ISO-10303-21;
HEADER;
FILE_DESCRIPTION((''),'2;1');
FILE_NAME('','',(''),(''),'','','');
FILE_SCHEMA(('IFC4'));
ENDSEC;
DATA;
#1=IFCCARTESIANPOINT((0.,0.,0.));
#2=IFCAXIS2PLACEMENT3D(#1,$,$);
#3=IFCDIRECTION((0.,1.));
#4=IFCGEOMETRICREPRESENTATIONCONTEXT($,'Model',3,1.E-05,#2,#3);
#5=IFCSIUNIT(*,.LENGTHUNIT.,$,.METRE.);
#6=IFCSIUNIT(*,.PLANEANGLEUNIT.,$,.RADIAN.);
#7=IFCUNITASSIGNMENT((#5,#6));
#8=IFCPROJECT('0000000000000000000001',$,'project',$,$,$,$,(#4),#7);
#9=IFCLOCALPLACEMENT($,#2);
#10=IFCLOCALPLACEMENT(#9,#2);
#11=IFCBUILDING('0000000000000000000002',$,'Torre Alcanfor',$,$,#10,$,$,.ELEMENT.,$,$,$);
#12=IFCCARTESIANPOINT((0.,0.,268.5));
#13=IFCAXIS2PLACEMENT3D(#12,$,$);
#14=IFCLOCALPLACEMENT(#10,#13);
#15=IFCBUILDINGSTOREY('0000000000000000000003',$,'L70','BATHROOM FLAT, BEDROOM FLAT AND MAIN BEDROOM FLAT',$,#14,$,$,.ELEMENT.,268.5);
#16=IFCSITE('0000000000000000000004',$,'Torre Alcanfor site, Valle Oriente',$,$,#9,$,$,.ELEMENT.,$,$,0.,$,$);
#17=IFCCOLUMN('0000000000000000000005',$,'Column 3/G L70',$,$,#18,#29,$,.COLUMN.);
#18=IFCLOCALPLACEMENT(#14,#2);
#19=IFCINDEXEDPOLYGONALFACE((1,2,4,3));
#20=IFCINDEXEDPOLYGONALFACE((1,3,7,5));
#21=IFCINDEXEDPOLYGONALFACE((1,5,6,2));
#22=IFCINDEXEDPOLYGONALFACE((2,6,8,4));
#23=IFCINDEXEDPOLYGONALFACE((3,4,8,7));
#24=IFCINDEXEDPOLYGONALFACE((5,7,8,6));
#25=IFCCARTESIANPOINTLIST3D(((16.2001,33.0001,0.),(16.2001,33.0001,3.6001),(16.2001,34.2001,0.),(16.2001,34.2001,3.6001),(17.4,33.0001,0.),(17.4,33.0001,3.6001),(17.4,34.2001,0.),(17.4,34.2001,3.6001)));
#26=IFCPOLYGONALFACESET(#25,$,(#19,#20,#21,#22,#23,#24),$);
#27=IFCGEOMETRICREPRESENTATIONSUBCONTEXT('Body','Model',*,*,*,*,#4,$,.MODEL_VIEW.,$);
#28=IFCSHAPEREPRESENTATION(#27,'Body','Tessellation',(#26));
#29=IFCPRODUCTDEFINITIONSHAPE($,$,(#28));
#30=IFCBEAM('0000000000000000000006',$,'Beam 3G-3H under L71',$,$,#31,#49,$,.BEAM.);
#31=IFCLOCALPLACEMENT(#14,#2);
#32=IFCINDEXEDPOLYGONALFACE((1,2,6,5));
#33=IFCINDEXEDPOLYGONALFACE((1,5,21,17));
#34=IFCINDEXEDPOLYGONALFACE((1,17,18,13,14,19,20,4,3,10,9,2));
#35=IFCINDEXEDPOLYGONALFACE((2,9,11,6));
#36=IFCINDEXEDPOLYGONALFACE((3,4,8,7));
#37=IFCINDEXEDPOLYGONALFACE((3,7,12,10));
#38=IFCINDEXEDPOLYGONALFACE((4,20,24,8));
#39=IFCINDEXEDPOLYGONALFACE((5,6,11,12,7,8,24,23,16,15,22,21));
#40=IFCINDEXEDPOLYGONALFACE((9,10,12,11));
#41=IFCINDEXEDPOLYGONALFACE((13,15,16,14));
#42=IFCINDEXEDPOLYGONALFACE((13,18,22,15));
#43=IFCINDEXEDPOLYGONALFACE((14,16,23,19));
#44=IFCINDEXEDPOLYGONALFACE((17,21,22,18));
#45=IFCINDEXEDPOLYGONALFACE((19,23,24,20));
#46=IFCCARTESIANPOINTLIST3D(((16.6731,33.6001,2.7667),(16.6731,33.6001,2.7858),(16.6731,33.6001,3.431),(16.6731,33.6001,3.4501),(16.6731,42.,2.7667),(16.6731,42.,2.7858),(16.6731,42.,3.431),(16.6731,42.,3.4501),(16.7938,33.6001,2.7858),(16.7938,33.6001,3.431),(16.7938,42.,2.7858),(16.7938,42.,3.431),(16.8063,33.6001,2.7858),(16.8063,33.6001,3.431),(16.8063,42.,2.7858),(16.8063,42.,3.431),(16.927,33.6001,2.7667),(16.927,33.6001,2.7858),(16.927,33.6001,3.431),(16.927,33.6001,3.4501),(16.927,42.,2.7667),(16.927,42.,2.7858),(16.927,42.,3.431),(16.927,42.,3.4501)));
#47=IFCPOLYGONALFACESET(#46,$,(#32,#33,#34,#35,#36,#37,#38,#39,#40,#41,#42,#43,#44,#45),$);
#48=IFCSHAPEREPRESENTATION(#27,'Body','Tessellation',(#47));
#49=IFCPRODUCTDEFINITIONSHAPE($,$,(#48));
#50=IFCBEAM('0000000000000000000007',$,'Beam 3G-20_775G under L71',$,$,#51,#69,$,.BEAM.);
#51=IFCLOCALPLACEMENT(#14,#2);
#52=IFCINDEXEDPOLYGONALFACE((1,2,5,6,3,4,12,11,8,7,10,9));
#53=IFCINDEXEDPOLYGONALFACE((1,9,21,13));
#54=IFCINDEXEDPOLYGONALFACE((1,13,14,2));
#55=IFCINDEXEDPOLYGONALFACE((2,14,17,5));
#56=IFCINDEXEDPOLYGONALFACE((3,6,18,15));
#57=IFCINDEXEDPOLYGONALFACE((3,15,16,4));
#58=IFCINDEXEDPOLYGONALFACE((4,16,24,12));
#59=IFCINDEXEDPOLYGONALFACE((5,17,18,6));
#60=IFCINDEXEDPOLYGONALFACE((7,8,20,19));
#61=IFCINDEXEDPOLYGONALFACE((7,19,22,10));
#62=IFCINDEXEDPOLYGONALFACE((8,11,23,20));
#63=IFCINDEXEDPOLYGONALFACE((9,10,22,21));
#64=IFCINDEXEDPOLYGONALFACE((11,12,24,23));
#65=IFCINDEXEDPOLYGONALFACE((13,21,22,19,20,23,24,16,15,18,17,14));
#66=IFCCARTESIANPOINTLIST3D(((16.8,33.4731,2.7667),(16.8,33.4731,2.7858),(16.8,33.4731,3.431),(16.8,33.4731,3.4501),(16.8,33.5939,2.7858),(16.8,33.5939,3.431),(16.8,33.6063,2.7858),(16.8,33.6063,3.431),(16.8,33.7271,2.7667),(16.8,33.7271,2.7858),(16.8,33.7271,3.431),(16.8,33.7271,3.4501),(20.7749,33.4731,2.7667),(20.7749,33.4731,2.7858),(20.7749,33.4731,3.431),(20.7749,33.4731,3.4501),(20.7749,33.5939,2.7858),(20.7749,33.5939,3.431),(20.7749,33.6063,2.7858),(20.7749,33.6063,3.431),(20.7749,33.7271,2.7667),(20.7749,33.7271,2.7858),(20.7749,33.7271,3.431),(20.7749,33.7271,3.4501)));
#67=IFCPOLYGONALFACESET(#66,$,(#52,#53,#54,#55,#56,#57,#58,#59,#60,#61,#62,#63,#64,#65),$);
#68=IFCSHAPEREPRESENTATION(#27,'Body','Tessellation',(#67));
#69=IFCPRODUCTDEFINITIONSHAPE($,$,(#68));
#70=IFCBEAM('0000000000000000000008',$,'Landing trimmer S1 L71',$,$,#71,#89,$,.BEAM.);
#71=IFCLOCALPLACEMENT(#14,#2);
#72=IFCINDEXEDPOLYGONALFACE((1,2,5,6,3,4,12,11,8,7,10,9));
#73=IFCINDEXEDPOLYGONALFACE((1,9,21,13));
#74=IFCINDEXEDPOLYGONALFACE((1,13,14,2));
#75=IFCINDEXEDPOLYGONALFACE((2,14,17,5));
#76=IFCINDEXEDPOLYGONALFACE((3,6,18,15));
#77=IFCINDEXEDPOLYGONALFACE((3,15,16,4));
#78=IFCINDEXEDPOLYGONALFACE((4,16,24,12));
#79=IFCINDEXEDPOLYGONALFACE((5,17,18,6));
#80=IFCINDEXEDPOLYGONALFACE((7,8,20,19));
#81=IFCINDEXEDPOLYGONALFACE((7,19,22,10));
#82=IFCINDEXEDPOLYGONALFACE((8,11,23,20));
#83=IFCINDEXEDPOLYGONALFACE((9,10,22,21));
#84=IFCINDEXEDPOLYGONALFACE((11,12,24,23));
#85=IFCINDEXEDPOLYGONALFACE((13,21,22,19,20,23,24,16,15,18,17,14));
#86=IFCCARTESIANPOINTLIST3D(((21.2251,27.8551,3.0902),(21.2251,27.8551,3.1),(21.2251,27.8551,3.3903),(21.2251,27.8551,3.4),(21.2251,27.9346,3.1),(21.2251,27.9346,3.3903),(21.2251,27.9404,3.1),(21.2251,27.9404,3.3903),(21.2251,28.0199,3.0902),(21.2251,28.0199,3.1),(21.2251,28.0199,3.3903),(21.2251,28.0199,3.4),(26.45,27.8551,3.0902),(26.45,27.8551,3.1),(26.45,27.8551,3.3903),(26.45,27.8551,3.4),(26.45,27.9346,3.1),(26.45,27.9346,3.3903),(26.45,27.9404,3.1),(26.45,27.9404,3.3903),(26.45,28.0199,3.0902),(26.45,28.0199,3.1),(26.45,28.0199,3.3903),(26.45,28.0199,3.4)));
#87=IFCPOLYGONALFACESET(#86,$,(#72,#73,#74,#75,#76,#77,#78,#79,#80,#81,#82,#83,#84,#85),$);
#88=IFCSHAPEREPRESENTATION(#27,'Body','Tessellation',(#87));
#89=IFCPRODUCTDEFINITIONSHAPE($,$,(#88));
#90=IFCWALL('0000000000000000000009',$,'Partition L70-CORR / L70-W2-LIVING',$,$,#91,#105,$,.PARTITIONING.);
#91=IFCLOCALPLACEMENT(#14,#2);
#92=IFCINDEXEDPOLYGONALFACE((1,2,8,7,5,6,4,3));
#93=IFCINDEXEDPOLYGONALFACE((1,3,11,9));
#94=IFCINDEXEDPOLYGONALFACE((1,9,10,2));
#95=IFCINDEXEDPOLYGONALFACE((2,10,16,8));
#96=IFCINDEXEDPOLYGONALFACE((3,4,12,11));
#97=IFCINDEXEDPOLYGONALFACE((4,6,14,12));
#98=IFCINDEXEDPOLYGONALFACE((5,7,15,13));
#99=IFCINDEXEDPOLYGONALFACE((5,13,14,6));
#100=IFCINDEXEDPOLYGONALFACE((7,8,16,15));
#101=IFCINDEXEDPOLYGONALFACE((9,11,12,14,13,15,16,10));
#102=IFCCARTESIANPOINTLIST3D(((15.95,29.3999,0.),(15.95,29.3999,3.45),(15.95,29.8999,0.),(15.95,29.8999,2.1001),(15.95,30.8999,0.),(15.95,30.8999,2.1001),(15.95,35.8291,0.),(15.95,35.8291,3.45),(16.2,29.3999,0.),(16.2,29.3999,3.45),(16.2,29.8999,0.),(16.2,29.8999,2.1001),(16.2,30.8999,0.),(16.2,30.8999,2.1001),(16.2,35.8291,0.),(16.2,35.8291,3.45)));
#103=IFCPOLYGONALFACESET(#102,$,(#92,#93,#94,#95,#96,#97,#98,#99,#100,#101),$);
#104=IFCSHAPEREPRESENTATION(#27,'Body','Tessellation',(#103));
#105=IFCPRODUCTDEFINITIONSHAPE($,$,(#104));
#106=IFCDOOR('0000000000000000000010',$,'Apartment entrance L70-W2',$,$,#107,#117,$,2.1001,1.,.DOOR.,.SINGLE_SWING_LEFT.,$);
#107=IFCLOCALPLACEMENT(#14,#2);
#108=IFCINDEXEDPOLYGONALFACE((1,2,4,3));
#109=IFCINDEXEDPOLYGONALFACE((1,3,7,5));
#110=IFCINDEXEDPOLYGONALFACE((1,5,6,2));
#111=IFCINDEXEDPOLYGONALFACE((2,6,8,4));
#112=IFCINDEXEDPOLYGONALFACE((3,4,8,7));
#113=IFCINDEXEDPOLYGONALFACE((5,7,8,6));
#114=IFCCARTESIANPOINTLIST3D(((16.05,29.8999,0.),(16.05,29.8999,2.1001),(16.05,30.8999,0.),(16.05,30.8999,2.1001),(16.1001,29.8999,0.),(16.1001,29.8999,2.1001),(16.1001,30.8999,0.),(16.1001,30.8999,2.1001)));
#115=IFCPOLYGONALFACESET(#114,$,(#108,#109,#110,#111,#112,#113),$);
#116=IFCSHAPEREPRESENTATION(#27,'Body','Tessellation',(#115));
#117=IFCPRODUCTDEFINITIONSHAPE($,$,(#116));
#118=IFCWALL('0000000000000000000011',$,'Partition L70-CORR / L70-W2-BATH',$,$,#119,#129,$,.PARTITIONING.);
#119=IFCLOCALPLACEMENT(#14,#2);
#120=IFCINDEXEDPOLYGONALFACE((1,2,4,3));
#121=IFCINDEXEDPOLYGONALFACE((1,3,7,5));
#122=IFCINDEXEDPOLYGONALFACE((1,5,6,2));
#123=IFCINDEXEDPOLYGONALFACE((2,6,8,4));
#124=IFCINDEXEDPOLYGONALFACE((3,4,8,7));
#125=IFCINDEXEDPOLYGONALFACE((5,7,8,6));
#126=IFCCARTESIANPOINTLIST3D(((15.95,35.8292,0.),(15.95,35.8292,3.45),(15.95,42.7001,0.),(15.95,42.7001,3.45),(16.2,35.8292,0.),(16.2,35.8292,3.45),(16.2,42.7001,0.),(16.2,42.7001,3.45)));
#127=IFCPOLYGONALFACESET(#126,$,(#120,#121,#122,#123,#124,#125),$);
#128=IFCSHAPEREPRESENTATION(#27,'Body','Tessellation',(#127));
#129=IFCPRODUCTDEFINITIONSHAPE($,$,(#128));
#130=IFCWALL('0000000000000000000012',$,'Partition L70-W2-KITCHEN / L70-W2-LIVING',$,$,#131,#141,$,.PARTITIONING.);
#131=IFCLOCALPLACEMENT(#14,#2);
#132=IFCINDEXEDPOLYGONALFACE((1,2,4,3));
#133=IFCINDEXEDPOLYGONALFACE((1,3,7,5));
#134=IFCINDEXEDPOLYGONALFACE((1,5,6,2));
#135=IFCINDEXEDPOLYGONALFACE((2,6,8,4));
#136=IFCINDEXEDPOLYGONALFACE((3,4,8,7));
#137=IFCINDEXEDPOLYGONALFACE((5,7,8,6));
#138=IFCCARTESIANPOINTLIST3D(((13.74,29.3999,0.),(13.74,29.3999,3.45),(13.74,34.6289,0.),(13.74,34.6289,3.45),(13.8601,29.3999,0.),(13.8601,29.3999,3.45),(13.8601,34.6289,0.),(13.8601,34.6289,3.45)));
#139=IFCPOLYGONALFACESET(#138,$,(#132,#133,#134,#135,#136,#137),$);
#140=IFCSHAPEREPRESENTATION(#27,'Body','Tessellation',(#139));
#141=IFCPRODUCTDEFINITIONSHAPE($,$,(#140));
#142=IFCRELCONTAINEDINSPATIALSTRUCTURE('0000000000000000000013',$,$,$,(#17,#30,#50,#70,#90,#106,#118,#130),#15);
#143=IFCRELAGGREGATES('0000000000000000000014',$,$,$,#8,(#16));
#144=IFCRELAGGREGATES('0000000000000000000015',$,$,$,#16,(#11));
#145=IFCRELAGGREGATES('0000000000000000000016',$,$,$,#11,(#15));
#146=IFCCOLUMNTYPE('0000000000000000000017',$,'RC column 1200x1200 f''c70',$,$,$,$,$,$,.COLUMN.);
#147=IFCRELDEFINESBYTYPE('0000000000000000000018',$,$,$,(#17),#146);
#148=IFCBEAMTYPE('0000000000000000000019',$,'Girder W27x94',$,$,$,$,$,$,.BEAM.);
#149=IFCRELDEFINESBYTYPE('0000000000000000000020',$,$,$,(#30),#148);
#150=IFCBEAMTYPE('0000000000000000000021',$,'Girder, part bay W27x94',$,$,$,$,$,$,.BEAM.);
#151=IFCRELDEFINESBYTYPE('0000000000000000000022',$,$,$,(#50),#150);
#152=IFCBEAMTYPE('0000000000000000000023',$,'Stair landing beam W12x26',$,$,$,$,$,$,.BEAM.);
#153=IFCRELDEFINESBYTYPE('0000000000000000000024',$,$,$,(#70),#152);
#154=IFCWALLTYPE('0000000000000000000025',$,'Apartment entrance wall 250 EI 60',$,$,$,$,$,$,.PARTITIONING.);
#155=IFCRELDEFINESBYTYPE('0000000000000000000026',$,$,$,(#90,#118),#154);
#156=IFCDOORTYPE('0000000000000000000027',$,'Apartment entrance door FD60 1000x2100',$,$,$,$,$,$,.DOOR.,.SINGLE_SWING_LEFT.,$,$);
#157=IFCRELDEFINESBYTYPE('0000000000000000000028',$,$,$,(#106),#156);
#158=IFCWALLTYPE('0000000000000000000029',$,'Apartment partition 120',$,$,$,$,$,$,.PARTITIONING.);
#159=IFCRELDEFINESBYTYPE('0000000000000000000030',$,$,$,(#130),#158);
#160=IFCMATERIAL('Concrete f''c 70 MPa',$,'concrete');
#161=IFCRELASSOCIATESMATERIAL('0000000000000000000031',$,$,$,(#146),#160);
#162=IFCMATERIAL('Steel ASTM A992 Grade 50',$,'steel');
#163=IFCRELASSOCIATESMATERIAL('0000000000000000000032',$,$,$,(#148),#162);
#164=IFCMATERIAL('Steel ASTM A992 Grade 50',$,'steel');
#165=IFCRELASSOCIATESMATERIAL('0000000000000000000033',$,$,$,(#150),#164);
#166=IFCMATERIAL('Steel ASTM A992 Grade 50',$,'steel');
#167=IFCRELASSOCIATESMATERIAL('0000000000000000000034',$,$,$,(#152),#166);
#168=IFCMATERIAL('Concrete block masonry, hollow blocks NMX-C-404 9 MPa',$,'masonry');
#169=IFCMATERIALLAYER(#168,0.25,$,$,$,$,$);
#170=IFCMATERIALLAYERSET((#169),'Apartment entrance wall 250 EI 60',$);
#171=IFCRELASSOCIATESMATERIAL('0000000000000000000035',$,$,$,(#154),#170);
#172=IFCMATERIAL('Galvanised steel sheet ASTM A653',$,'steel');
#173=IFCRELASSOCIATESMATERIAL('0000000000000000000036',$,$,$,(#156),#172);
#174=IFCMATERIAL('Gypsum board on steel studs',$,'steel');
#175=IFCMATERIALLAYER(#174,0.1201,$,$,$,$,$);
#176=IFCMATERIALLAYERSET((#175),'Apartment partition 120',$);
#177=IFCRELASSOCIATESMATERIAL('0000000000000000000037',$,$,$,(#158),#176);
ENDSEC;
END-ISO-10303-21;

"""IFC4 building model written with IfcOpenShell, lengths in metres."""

from ifc_helpers import new_model, si_unit, direction, frame, frame_2d, origin, origin_2d, place, context, subcontext, project, spatial, rectangle, i_section, extrude, material, layer, layer_set, material_profile, profile_set, type_object, element, fill, save


model = new_model("IFC4")

# Units and contexts
model_context = context("Model", 3, precision=1e-05, world=origin(), true_north=direction((0.0, 1.0)))
body_context = subcontext(model_context, "Body", "Model", "MODEL_VIEW")
ifc_project = project(units=[si_unit("LENGTHUNIT", "METRE"), si_unit("PLANEANGLEUNIT", "RADIAN")], contexts=[model_context])

# Site, building, storey
site_placement = place(None, origin())
site = spatial("IfcSite", under=ifc_project, at=site_placement, Name="Torre Alcanfor site, Valle Oriente", CompositionType="ELEMENT", RefElevation=0.0)
building_placement = place(site_placement, origin())
building = spatial("IfcBuilding", under=site, at=building_placement, Name="Torre Alcanfor", CompositionType="ELEMENT")
storey_placement = place(building_placement, frame((0.0, 0.0, 268.5)))
storey = spatial("IfcBuildingStorey", under=building, at=storey_placement, Name="L70", Description="BATHROOM FLAT, BEDROOM FLAT AND MAIN BEDROOM FLAT", CompositionType="ELEMENT", Elevation=268.5)

# Column
ifc_material_1 = material(Name="Concrete f'c 70 MPa", Category="concrete")
ifc_material_profile_1 = material_profile(ifc_material_1, rectangle(XDim=1.2, YDim=1.2, at=origin_2d()), Name="1200x1200")
ifc_profile_set_1 = profile_set([ifc_material_profile_1], Name="Concrete f'c 70 MPa")
column_type = type_object("IfcColumnType", Name="RC column 1200x1200 f'c70", PredefinedType="COLUMN", material=ifc_profile_set_1)
column_placement = place(storey_placement, frame((16.8, 33.6001, 0.0), z_axis=(0.0, 0.0, 1.0), x_axis=(1.0, 0.0, 0.0)))
element("IfcColumn", 1, at=column_placement, inside=storey, type_object=column_type, Name="Column 3/G L70", PredefinedType="COLUMN", context=body_context, shape_type="SweptSolid", body=[
    extrude(rectangle(XDim=1.2, YDim=1.2, at=origin_2d()), origin(), (0.0, 0.0, 1.0), 3.6001),
])

# Beams
ifc_material_2 = material(Name="Steel ASTM A992 Grade 50", Category="steel")
ifc_material_profile_2 = material_profile(ifc_material_2, i_section(OverallWidth=0.2539, OverallDepth=0.6833, WebThickness=0.0125, FlangeThickness=0.019, at=origin_2d()), Name="W27x94")
ifc_profile_set_2 = profile_set([ifc_material_profile_2], Name="Steel ASTM A992 Grade 50")
beam_type_1 = type_object("IfcBeamType", Name="Girder W27x94", PredefinedType="BEAM", material=ifc_profile_set_2)
beam_1_placement = place(storey_placement, frame((16.8, 33.6001, 3.1084), z_axis=(0.0, 1.0, 0.0), x_axis=(-1.0, 0.0, 0.0)))
element("IfcBeam", 2, at=beam_1_placement, inside=storey, type_object=beam_type_1, Name="Beam 3G-3H under L71", PredefinedType="BEAM", context=body_context, shape_type="SweptSolid", body=[
    extrude(i_section(OverallWidth=0.2539, OverallDepth=0.6833, WebThickness=0.0125, FlangeThickness=0.019, at=origin_2d()), origin(), (0.0, 0.0, 1.0), 8.3999),
])
ifc_material_3 = material(Name="Steel ASTM A992 Grade 50", Category="steel")
ifc_material_profile_3 = material_profile(ifc_material_3, i_section(OverallWidth=0.2539, OverallDepth=0.6833, WebThickness=0.0125, FlangeThickness=0.019, at=origin_2d()), Name="W27x94")
ifc_profile_set_3 = profile_set([ifc_material_profile_3], Name="Steel ASTM A992 Grade 50")
beam_type_2 = type_object("IfcBeamType", Name="Girder, part bay W27x94", PredefinedType="BEAM", material=ifc_profile_set_3)
beam_2_placement = place(storey_placement, frame((16.8, 33.6001, 3.1084), z_axis=(1.0, 0.0, 0.0), x_axis=(0.0, 1.0, 0.0)))
element("IfcBeam", 3, at=beam_2_placement, inside=storey, type_object=beam_type_2, Name="Beam 3G-20_775G under L71", PredefinedType="BEAM", context=body_context, shape_type="SweptSolid", body=[
    extrude(i_section(OverallWidth=0.2539, OverallDepth=0.6833, WebThickness=0.0125, FlangeThickness=0.019, at=origin_2d()), origin(), (0.0, 0.0, 1.0), 3.9749),
])
ifc_material_4 = material(Name="Steel ASTM A992 Grade 50", Category="steel")
ifc_material_profile_4 = material_profile(ifc_material_4, i_section(OverallWidth=0.1648, OverallDepth=0.3098, WebThickness=0.0059, FlangeThickness=0.0098, at=origin_2d()), Name="W12x26")
ifc_profile_set_4 = profile_set([ifc_material_profile_4], Name="Steel ASTM A992 Grade 50")
beam_type_3 = type_object("IfcBeamType", Name="Stair landing beam W12x26", PredefinedType="BEAM", material=ifc_profile_set_4)
beam_3_placement = place(storey_placement, frame((21.2251, 27.9375, 3.2451), z_axis=(1.0, 0.0, 0.0), x_axis=(0.0, 1.0, 0.0)))
element("IfcBeam", 4, at=beam_3_placement, inside=storey, type_object=beam_type_3, Name="Landing trimmer S1 L71", PredefinedType="BEAM", context=body_context, shape_type="SweptSolid", body=[
    extrude(i_section(OverallWidth=0.1648, OverallDepth=0.3098, WebThickness=0.0059, FlangeThickness=0.0098, at=origin_2d()), origin(), (0.0, 0.0, 1.0), 5.2249),
])

# Wall, opening, door
ifc_material_5 = material(Name="Concrete block masonry, hollow blocks NMX-C-404 9 MPa", Category="masonry")
ifc_layer_1 = layer(ifc_material_5, 0.25)
ifc_layer_set_1 = layer_set([ifc_layer_1], Name="Apartment entrance wall 250 EI 60")
wall_type_1 = type_object("IfcWallType", Name="Apartment entrance wall 250 EI 60", PredefinedType="PARTITIONING", material=ifc_layer_set_1)
wall_1_placement = place(storey_placement, frame((16.075, 29.3999, 0.0), z_axis=(0.0, 0.0, 1.0), x_axis=(0.0, 1.0, 0.0)))
wall_1 = element("IfcWall", 5, at=wall_1_placement, inside=storey, type_object=wall_type_1, Name="Partition L70-CORR / L70-W2-LIVING", PredefinedType="PARTITIONING", context=body_context, shape_type="SweptSolid", body=[
    extrude(rectangle(XDim=6.4292, YDim=0.25, at=frame_2d((3.2146, 0.0))), origin(), (0.0, 0.0, 1.0), 3.45),
])
opening_1_placement = place(wall_1_placement, frame((0.5, 0.0, 0.0)))
opening_1 = element("IfcOpeningElement", 6, at=opening_1_placement, cuts=wall_1, PredefinedType="OPENING", context=body_context, shape_type="SweptSolid", body=[
    extrude(rectangle(XDim=1.0, YDim=2.1001, at=frame_2d((0.5, 1.05))), frame((0.0, 0.135, 0.0), z_axis=(0.0, -1.0, 0.0), x_axis=(1.0, 0.0, 0.0)), (0.0, 0.0, 1.0), 0.27),
])
ifc_material_6 = material(Name="Galvanised steel sheet ASTM A653", Category="steel")
door_type_1 = type_object("IfcDoorType", Name="Apartment entrance door FD60 1000x2100", OperationType="SINGLE_SWING_LEFT", PredefinedType="DOOR", material=ifc_material_6)
door_1_placement = place(opening_1_placement, origin())
door_1 = element("IfcDoor", 7, at=door_1_placement, inside=storey, type_object=door_type_1, Name="Apartment entrance L70-W2", OperationType="SINGLE_SWING_LEFT", OverallHeight=2.1001, OverallWidth=1.0, PredefinedType="DOOR", context=body_context, shape_type="SweptSolid", body=[
    extrude(rectangle(XDim=1.0, YDim=2.1001, at=frame_2d((0.5, 1.05))), frame((0.0, 0.0249, 0.0), z_axis=(0.0, -1.0, 0.0), x_axis=(1.0, 0.0, 0.0)), (0.0, 0.0, 1.0), 0.05),
])
fill(opening_1, door_1)

# Walls
wall_2_placement = place(storey_placement, frame((16.075, 35.8291, 0.0), z_axis=(0.0, 0.0, 1.0), x_axis=(0.0, 1.0, 0.0)))
element("IfcWall", 8, at=wall_2_placement, inside=storey, type_object=wall_type_1, Name="Partition L70-CORR / L70-W2-BATH", PredefinedType="PARTITIONING", context=body_context, shape_type="SweptSolid", body=[
    extrude(rectangle(XDim=6.8708, YDim=0.25, at=frame_2d((3.4355, 0.0))), origin(), (0.0, 0.0, 1.0), 3.45),
])
ifc_material_7 = material(Name="Gypsum board on steel studs", Category="steel")
ifc_layer_2 = layer(ifc_material_7, 0.1201)
ifc_layer_set_2 = layer_set([ifc_layer_2], Name="Apartment partition 120")
wall_type_2 = type_object("IfcWallType", Name="Apartment partition 120", PredefinedType="PARTITIONING", material=ifc_layer_set_2)
wall_3_placement = place(storey_placement, frame((13.8, 34.6289, 0.0), z_axis=(0.0, 0.0, 1.0), x_axis=(0.0, -1.0, 0.0)))
element("IfcWall", 9, at=wall_3_placement, inside=storey, type_object=wall_type_2, Name="Partition L70-W2-KITCHEN / L70-W2-LIVING", PredefinedType="PARTITIONING", context=body_context, shape_type="SweptSolid", body=[
    extrude(rectangle(XDim=5.229, YDim=0.1201, at=frame_2d((2.6145, 0.0))), origin(), (0.0, 0.0, 1.0), 3.45),
])

save(model, "model.ifc")
